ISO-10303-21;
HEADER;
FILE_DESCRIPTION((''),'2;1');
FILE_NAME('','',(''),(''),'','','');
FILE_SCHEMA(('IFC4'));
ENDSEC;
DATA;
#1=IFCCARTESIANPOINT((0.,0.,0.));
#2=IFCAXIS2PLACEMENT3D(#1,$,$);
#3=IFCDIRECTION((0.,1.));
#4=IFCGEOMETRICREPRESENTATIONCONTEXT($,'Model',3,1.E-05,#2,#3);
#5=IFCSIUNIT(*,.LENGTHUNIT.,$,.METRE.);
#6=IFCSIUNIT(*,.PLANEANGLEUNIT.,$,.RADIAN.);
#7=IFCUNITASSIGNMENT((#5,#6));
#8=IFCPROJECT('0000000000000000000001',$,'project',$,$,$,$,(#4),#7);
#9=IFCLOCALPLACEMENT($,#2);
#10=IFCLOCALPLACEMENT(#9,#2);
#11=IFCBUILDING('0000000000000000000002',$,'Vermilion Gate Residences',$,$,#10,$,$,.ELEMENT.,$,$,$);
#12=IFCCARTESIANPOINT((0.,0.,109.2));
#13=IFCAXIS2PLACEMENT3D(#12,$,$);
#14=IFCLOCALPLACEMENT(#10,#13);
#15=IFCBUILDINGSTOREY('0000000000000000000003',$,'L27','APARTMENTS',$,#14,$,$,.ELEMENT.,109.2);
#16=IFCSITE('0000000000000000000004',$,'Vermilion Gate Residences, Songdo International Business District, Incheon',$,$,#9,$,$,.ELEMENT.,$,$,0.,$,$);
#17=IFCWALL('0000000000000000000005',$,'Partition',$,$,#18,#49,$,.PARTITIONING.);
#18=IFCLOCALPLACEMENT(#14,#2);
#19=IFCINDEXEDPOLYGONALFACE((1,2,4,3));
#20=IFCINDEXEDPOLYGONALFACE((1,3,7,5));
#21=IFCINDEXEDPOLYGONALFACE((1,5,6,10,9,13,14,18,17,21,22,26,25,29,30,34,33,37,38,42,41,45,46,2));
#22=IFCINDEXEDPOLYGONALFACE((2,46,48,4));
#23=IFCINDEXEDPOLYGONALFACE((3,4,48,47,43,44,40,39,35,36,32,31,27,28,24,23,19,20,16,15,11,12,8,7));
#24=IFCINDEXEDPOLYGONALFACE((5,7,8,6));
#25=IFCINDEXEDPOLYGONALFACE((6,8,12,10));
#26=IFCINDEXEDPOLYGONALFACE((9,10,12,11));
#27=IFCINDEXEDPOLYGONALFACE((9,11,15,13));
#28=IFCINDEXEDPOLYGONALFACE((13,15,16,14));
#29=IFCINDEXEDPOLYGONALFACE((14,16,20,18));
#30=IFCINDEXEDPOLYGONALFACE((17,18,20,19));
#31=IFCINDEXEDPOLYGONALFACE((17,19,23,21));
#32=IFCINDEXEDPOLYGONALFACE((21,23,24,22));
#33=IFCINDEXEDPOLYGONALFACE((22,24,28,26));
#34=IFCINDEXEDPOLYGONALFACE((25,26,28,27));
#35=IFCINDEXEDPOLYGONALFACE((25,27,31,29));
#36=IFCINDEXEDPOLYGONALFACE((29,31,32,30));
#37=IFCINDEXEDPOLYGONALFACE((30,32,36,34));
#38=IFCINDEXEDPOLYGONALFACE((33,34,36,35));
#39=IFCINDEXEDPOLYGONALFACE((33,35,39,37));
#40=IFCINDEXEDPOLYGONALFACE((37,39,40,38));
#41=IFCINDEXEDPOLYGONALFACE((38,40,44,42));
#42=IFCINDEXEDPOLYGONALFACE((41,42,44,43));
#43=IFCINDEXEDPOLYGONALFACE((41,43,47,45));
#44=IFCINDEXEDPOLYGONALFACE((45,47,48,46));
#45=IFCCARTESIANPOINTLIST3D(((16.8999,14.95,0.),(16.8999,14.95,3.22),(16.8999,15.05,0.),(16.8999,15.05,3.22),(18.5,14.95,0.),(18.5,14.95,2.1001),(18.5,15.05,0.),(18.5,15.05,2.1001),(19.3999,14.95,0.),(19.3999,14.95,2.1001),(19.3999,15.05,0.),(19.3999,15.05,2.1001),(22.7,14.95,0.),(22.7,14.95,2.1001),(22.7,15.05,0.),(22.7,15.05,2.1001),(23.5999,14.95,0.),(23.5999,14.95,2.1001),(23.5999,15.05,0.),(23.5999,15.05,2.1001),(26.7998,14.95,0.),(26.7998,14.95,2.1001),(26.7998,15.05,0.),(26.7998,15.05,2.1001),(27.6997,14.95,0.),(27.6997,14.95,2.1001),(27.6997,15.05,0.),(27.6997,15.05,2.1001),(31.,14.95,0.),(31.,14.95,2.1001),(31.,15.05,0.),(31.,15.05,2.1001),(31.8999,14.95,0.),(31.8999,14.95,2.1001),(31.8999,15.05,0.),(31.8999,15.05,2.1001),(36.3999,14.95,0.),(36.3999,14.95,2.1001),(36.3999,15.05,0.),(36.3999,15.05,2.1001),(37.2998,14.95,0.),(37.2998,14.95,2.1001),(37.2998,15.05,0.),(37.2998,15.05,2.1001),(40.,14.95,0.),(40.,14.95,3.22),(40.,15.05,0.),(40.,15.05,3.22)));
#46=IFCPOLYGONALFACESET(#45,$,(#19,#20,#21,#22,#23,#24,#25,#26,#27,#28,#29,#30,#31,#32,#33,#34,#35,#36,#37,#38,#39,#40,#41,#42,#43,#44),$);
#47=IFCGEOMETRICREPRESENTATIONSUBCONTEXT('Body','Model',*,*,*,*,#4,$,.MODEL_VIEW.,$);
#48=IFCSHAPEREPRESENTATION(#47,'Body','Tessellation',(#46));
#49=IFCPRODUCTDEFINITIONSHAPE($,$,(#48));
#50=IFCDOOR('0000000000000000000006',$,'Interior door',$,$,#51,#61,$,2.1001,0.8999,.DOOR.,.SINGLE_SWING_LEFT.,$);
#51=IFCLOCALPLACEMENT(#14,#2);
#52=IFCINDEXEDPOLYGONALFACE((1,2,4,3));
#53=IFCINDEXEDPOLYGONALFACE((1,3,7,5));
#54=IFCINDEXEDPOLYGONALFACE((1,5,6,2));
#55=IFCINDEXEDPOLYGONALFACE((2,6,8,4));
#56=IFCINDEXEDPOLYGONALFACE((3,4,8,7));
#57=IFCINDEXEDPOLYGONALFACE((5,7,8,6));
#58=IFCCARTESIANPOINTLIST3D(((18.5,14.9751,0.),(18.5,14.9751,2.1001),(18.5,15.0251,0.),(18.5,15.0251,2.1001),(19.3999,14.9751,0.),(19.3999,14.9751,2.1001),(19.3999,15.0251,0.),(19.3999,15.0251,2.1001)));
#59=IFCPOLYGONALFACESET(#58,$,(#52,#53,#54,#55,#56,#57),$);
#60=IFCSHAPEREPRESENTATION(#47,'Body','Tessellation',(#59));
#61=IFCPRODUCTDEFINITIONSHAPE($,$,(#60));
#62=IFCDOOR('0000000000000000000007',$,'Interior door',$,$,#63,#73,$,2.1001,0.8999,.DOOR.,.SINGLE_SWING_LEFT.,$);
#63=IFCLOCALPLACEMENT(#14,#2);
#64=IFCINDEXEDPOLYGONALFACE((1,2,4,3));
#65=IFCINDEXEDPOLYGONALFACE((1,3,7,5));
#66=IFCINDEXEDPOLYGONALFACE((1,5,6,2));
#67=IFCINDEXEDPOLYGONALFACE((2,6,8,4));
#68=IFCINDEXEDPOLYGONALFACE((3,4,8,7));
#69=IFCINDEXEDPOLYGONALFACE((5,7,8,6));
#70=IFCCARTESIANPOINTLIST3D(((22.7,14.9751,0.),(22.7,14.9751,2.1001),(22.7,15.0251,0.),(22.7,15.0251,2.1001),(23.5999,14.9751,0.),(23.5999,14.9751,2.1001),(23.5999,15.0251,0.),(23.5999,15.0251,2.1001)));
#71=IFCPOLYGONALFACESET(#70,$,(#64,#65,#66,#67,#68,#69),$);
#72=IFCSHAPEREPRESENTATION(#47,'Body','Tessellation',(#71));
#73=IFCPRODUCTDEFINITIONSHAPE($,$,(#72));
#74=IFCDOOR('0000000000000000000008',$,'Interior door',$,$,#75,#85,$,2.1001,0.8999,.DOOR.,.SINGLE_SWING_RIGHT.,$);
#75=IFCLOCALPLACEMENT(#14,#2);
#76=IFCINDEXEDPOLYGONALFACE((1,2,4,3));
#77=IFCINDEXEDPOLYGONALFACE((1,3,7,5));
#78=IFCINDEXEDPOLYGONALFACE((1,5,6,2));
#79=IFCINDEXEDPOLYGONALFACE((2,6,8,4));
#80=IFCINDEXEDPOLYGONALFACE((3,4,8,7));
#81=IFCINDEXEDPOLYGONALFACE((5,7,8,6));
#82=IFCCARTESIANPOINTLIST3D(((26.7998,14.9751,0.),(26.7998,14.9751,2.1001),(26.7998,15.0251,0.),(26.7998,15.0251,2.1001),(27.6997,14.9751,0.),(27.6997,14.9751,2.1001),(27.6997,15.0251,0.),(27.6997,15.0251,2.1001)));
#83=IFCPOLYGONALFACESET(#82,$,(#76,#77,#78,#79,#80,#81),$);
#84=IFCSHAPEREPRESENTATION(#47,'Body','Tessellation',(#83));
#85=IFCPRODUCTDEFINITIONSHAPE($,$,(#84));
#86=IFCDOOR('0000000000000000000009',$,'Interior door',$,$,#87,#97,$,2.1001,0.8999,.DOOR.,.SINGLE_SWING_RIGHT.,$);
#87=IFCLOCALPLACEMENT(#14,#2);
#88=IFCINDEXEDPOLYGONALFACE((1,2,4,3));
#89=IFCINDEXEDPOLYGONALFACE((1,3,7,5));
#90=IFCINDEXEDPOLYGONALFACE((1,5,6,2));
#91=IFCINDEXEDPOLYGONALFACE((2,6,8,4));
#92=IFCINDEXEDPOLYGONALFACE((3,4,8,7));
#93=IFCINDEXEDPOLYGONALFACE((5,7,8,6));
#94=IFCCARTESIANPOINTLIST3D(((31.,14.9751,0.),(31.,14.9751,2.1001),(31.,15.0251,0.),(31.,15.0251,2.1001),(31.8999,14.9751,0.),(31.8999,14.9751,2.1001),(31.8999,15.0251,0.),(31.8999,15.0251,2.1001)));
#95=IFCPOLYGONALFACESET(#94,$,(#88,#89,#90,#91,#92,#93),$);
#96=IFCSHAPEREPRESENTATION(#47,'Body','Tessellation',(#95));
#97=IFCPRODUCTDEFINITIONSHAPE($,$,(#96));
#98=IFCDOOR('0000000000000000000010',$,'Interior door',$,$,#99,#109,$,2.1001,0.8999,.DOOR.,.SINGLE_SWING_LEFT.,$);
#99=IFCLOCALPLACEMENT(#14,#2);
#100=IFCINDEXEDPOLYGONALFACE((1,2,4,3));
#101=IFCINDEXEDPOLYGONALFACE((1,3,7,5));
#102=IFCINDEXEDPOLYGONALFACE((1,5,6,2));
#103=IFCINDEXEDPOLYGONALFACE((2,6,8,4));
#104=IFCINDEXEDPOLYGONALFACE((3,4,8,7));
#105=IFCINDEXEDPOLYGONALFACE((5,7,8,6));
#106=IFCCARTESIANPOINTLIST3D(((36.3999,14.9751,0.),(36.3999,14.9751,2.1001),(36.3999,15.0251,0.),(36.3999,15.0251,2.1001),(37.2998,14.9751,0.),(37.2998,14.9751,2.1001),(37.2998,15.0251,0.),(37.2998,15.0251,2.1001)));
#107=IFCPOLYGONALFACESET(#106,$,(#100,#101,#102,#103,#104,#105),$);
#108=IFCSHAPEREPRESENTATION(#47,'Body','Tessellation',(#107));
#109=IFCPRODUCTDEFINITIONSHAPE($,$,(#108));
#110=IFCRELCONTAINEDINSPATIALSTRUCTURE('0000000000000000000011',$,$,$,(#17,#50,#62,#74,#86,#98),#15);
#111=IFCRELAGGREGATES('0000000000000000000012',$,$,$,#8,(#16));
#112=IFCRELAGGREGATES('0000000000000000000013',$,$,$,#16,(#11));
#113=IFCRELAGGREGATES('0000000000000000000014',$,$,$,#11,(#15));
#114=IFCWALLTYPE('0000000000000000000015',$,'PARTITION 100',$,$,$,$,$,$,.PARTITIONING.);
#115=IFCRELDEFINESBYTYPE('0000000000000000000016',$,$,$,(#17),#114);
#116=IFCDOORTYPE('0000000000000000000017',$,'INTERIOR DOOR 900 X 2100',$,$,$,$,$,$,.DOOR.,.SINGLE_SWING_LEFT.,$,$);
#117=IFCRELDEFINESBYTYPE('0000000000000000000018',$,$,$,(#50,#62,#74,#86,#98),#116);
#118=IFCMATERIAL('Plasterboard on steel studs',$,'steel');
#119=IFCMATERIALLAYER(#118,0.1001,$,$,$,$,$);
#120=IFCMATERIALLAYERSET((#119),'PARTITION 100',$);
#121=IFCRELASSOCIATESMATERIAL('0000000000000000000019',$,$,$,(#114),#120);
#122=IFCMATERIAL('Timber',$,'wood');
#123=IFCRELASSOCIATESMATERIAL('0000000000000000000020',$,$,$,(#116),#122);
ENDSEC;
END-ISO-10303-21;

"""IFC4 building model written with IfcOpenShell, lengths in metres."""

from ifc_helpers import new_model, si_unit, direction, frame, frame_2d, origin, place, context, subcontext, project, spatial, rectangle, extrude, material, layer, layer_set, type_object, element, fill, save


model = new_model("IFC4")

# Units and contexts
model_context = context("Model", 3, precision=1e-05, world=origin(), true_north=direction((0.0, 1.0)))
body_context = subcontext(model_context, "Body", "Model", "MODEL_VIEW")
ifc_project = project(units=[si_unit("LENGTHUNIT", "METRE"), si_unit("PLANEANGLEUNIT", "RADIAN")], contexts=[model_context])

# Site, building, storey
site_placement = place(None, origin())
site = spatial("IfcSite", under=ifc_project, at=site_placement, Name="Vermilion Gate Residences, Songdo International Business District, Incheon", CompositionType="ELEMENT", RefElevation=0.0)
building_placement = place(site_placement, origin())
building = spatial("IfcBuilding", under=site, at=building_placement, Name="Vermilion Gate Residences", CompositionType="ELEMENT")
storey_placement = place(building_placement, frame((0.0, 0.0, 109.2)))
storey = spatial("IfcBuildingStorey", under=building, at=storey_placement, Name="L27", Description="APARTMENTS", CompositionType="ELEMENT", Elevation=109.2)

# Wall, openings, doors
ifc_material_1 = material(Name="Plasterboard on steel studs", Category="steel")
ifc_layer_1 = layer(ifc_material_1, 0.1001)
ifc_layer_set_1 = layer_set([ifc_layer_1], Name="PARTITION 100")
wall_type_1 = type_object("IfcWallType", Name="PARTITION 100", PredefinedType="PARTITIONING", material=ifc_layer_set_1)
wall_1_placement = place(storey_placement, frame((16.8999, 15.0, 0.0), z_axis=(0.0, 0.0, 1.0), x_axis=(1.0, 0.0, 0.0)))
wall_1 = element("IfcWall", 1, at=wall_1_placement, inside=storey, type_object=wall_type_1, Name="Partition", PredefinedType="PARTITIONING", context=body_context, shape_type="SweptSolid", body=[
    extrude(rectangle(XDim=23.1001, YDim=0.1001, at=frame_2d((11.55, 0.0))), origin(), (0.0, 0.0, 1.0), 3.22),
])
opening_1_placement = place(wall_1_placement, frame((1.6001, 0.0, 0.0)))
opening_1 = element("IfcOpeningElement", 2, at=opening_1_placement, cuts=wall_1, PredefinedType="OPENING", context=body_context, shape_type="SweptSolid", body=[
    extrude(rectangle(XDim=0.8999, YDim=2.1001, at=frame_2d((0.45, 1.05))), frame((0.0, 0.0601, 0.0), z_axis=(0.0, -1.0, 0.0), x_axis=(1.0, 0.0, 0.0)), (0.0, 0.0, 1.0), 0.1201),
])
opening_2_placement = place(wall_1_placement, frame((5.8, 0.0, 0.0)))
opening_2 = element("IfcOpeningElement", 3, at=opening_2_placement, cuts=wall_1, PredefinedType="OPENING", context=body_context, shape_type="SweptSolid", body=[
    extrude(rectangle(XDim=0.8999, YDim=2.1001, at=frame_2d((0.45, 1.05))), frame((0.0, 0.0601, 0.0), z_axis=(0.0, -1.0, 0.0), x_axis=(1.0, 0.0, 0.0)), (0.0, 0.0, 1.0), 0.1201),
])
opening_3_placement = place(wall_1_placement, frame((9.8999, 0.0, 0.0)))
opening_3 = element("IfcOpeningElement", 4, at=opening_3_placement, cuts=wall_1, PredefinedType="OPENING", context=body_context, shape_type="SweptSolid", body=[
    extrude(rectangle(XDim=0.8999, YDim=2.1001, at=frame_2d((0.45, 1.05))), frame((0.0, 0.0601, 0.0), z_axis=(0.0, -1.0, 0.0), x_axis=(1.0, 0.0, 0.0)), (0.0, 0.0, 1.0), 0.1201),
])
opening_4_placement = place(wall_1_placement, frame((14.1001, 0.0, 0.0)))
opening_4 = element("IfcOpeningElement", 5, at=opening_4_placement, cuts=wall_1, PredefinedType="OPENING", context=body_context, shape_type="SweptSolid", body=[
    extrude(rectangle(XDim=0.8999, YDim=2.1001, at=frame_2d((0.45, 1.05))), frame((0.0, 0.0601, 0.0), z_axis=(0.0, -1.0, 0.0), x_axis=(1.0, 0.0, 0.0)), (0.0, 0.0, 1.0), 0.1201),
])
opening_5_placement = place(wall_1_placement, frame((19.5, 0.0, 0.0)))
opening_5 = element("IfcOpeningElement", 6, at=opening_5_placement, cuts=wall_1, PredefinedType="OPENING", context=body_context, shape_type="SweptSolid", body=[
    extrude(rectangle(XDim=0.8999, YDim=2.1001, at=frame_2d((0.45, 1.05))), frame((0.0, 0.0601, 0.0), z_axis=(0.0, -1.0, 0.0), x_axis=(1.0, 0.0, 0.0)), (0.0, 0.0, 1.0), 0.1201),
])
ifc_material_2 = material(Name="Timber", Category="wood")
door_type = type_object("IfcDoorType", Name="INTERIOR DOOR 900 X 2100", OperationType="SINGLE_SWING_LEFT", PredefinedType="DOOR", material=ifc_material_2)
door_1_placement = place(opening_1_placement, frame((0.8999, 0.0, 0.0), z_axis=(0.0, 0.0, 1.0), x_axis=(-1.0, 0.0, 0.0)))
door_1 = element("IfcDoor", 7, at=door_1_placement, inside=storey, type_object=door_type, Name="Interior door", OperationType="SINGLE_SWING_LEFT", OverallHeight=2.1001, OverallWidth=0.8999, PredefinedType="DOOR", context=body_context, shape_type="SweptSolid", body=[
    extrude(rectangle(XDim=0.8999, YDim=2.1001, at=frame_2d((0.45, 1.05))), frame((0.0, 0.0249, 0.0), z_axis=(0.0, -1.0, 0.0), x_axis=(1.0, 0.0, 0.0)), (0.0, 0.0, 1.0), 0.05),
])
fill(opening_1, door_1)
door_2_placement = place(opening_2_placement, frame((0.8999, 0.0, 0.0), z_axis=(0.0, 0.0, 1.0), x_axis=(-1.0, 0.0, 0.0)))
door_2 = element("IfcDoor", 8, at=door_2_placement, inside=storey, type_object=door_type, Name="Interior door", OperationType="SINGLE_SWING_LEFT", OverallHeight=2.1001, OverallWidth=0.8999, PredefinedType="DOOR", context=body_context, shape_type="SweptSolid", body=[
    extrude(rectangle(XDim=0.8999, YDim=2.1001, at=frame_2d((0.45, 1.05))), frame((0.0, 0.0249, 0.0), z_axis=(0.0, -1.0, 0.0), x_axis=(1.0, 0.0, 0.0)), (0.0, 0.0, 1.0), 0.05),
])
fill(opening_2, door_2)
door_3_placement = place(opening_3_placement, frame((0.8999, 0.0, 0.0), z_axis=(0.0, 0.0, 1.0), x_axis=(-1.0, 0.0, 0.0)))
door_3 = element("IfcDoor", 9, at=door_3_placement, inside=storey, type_object=door_type, Name="Interior door", OperationType="SINGLE_SWING_RIGHT", OverallHeight=2.1001, OverallWidth=0.8999, PredefinedType="DOOR", context=body_context, shape_type="SweptSolid", body=[
    extrude(rectangle(XDim=0.8999, YDim=2.1001, at=frame_2d((0.45, 1.05))), frame((0.0, 0.0249, 0.0), z_axis=(0.0, -1.0, 0.0), x_axis=(1.0, 0.0, 0.0)), (0.0, 0.0, 1.0), 0.05),
])
fill(opening_3, door_3)
door_4_placement = place(opening_4_placement, frame((0.8999, 0.0, 0.0), z_axis=(0.0, 0.0, 1.0), x_axis=(-1.0, 0.0, 0.0)))
door_4 = element("IfcDoor", 10, at=door_4_placement, inside=storey, type_object=door_type, Name="Interior door", OperationType="SINGLE_SWING_RIGHT", OverallHeight=2.1001, OverallWidth=0.8999, PredefinedType="DOOR", context=body_context, shape_type="SweptSolid", body=[
    extrude(rectangle(XDim=0.8999, YDim=2.1001, at=frame_2d((0.45, 1.05))), frame((0.0, 0.0249, 0.0), z_axis=(0.0, -1.0, 0.0), x_axis=(1.0, 0.0, 0.0)), (0.0, 0.0, 1.0), 0.05),
])
fill(opening_4, door_4)
door_5_placement = place(opening_5_placement, frame((0.8999, 0.0, 0.0), z_axis=(0.0, 0.0, 1.0), x_axis=(-1.0, 0.0, 0.0)))
door_5 = element("IfcDoor", 11, at=door_5_placement, inside=storey, type_object=door_type, Name="Interior door", OperationType="SINGLE_SWING_LEFT", OverallHeight=2.1001, OverallWidth=0.8999, PredefinedType="DOOR", context=body_context, shape_type="SweptSolid", body=[
    extrude(rectangle(XDim=0.8999, YDim=2.1001, at=frame_2d((0.45, 1.05))), frame((0.0, 0.0249, 0.0), z_axis=(0.0, -1.0, 0.0), x_axis=(1.0, 0.0, 0.0)), (0.0, 0.0, 1.0), 0.05),
])
fill(opening_5, door_5)

save(model, "model.ifc")
